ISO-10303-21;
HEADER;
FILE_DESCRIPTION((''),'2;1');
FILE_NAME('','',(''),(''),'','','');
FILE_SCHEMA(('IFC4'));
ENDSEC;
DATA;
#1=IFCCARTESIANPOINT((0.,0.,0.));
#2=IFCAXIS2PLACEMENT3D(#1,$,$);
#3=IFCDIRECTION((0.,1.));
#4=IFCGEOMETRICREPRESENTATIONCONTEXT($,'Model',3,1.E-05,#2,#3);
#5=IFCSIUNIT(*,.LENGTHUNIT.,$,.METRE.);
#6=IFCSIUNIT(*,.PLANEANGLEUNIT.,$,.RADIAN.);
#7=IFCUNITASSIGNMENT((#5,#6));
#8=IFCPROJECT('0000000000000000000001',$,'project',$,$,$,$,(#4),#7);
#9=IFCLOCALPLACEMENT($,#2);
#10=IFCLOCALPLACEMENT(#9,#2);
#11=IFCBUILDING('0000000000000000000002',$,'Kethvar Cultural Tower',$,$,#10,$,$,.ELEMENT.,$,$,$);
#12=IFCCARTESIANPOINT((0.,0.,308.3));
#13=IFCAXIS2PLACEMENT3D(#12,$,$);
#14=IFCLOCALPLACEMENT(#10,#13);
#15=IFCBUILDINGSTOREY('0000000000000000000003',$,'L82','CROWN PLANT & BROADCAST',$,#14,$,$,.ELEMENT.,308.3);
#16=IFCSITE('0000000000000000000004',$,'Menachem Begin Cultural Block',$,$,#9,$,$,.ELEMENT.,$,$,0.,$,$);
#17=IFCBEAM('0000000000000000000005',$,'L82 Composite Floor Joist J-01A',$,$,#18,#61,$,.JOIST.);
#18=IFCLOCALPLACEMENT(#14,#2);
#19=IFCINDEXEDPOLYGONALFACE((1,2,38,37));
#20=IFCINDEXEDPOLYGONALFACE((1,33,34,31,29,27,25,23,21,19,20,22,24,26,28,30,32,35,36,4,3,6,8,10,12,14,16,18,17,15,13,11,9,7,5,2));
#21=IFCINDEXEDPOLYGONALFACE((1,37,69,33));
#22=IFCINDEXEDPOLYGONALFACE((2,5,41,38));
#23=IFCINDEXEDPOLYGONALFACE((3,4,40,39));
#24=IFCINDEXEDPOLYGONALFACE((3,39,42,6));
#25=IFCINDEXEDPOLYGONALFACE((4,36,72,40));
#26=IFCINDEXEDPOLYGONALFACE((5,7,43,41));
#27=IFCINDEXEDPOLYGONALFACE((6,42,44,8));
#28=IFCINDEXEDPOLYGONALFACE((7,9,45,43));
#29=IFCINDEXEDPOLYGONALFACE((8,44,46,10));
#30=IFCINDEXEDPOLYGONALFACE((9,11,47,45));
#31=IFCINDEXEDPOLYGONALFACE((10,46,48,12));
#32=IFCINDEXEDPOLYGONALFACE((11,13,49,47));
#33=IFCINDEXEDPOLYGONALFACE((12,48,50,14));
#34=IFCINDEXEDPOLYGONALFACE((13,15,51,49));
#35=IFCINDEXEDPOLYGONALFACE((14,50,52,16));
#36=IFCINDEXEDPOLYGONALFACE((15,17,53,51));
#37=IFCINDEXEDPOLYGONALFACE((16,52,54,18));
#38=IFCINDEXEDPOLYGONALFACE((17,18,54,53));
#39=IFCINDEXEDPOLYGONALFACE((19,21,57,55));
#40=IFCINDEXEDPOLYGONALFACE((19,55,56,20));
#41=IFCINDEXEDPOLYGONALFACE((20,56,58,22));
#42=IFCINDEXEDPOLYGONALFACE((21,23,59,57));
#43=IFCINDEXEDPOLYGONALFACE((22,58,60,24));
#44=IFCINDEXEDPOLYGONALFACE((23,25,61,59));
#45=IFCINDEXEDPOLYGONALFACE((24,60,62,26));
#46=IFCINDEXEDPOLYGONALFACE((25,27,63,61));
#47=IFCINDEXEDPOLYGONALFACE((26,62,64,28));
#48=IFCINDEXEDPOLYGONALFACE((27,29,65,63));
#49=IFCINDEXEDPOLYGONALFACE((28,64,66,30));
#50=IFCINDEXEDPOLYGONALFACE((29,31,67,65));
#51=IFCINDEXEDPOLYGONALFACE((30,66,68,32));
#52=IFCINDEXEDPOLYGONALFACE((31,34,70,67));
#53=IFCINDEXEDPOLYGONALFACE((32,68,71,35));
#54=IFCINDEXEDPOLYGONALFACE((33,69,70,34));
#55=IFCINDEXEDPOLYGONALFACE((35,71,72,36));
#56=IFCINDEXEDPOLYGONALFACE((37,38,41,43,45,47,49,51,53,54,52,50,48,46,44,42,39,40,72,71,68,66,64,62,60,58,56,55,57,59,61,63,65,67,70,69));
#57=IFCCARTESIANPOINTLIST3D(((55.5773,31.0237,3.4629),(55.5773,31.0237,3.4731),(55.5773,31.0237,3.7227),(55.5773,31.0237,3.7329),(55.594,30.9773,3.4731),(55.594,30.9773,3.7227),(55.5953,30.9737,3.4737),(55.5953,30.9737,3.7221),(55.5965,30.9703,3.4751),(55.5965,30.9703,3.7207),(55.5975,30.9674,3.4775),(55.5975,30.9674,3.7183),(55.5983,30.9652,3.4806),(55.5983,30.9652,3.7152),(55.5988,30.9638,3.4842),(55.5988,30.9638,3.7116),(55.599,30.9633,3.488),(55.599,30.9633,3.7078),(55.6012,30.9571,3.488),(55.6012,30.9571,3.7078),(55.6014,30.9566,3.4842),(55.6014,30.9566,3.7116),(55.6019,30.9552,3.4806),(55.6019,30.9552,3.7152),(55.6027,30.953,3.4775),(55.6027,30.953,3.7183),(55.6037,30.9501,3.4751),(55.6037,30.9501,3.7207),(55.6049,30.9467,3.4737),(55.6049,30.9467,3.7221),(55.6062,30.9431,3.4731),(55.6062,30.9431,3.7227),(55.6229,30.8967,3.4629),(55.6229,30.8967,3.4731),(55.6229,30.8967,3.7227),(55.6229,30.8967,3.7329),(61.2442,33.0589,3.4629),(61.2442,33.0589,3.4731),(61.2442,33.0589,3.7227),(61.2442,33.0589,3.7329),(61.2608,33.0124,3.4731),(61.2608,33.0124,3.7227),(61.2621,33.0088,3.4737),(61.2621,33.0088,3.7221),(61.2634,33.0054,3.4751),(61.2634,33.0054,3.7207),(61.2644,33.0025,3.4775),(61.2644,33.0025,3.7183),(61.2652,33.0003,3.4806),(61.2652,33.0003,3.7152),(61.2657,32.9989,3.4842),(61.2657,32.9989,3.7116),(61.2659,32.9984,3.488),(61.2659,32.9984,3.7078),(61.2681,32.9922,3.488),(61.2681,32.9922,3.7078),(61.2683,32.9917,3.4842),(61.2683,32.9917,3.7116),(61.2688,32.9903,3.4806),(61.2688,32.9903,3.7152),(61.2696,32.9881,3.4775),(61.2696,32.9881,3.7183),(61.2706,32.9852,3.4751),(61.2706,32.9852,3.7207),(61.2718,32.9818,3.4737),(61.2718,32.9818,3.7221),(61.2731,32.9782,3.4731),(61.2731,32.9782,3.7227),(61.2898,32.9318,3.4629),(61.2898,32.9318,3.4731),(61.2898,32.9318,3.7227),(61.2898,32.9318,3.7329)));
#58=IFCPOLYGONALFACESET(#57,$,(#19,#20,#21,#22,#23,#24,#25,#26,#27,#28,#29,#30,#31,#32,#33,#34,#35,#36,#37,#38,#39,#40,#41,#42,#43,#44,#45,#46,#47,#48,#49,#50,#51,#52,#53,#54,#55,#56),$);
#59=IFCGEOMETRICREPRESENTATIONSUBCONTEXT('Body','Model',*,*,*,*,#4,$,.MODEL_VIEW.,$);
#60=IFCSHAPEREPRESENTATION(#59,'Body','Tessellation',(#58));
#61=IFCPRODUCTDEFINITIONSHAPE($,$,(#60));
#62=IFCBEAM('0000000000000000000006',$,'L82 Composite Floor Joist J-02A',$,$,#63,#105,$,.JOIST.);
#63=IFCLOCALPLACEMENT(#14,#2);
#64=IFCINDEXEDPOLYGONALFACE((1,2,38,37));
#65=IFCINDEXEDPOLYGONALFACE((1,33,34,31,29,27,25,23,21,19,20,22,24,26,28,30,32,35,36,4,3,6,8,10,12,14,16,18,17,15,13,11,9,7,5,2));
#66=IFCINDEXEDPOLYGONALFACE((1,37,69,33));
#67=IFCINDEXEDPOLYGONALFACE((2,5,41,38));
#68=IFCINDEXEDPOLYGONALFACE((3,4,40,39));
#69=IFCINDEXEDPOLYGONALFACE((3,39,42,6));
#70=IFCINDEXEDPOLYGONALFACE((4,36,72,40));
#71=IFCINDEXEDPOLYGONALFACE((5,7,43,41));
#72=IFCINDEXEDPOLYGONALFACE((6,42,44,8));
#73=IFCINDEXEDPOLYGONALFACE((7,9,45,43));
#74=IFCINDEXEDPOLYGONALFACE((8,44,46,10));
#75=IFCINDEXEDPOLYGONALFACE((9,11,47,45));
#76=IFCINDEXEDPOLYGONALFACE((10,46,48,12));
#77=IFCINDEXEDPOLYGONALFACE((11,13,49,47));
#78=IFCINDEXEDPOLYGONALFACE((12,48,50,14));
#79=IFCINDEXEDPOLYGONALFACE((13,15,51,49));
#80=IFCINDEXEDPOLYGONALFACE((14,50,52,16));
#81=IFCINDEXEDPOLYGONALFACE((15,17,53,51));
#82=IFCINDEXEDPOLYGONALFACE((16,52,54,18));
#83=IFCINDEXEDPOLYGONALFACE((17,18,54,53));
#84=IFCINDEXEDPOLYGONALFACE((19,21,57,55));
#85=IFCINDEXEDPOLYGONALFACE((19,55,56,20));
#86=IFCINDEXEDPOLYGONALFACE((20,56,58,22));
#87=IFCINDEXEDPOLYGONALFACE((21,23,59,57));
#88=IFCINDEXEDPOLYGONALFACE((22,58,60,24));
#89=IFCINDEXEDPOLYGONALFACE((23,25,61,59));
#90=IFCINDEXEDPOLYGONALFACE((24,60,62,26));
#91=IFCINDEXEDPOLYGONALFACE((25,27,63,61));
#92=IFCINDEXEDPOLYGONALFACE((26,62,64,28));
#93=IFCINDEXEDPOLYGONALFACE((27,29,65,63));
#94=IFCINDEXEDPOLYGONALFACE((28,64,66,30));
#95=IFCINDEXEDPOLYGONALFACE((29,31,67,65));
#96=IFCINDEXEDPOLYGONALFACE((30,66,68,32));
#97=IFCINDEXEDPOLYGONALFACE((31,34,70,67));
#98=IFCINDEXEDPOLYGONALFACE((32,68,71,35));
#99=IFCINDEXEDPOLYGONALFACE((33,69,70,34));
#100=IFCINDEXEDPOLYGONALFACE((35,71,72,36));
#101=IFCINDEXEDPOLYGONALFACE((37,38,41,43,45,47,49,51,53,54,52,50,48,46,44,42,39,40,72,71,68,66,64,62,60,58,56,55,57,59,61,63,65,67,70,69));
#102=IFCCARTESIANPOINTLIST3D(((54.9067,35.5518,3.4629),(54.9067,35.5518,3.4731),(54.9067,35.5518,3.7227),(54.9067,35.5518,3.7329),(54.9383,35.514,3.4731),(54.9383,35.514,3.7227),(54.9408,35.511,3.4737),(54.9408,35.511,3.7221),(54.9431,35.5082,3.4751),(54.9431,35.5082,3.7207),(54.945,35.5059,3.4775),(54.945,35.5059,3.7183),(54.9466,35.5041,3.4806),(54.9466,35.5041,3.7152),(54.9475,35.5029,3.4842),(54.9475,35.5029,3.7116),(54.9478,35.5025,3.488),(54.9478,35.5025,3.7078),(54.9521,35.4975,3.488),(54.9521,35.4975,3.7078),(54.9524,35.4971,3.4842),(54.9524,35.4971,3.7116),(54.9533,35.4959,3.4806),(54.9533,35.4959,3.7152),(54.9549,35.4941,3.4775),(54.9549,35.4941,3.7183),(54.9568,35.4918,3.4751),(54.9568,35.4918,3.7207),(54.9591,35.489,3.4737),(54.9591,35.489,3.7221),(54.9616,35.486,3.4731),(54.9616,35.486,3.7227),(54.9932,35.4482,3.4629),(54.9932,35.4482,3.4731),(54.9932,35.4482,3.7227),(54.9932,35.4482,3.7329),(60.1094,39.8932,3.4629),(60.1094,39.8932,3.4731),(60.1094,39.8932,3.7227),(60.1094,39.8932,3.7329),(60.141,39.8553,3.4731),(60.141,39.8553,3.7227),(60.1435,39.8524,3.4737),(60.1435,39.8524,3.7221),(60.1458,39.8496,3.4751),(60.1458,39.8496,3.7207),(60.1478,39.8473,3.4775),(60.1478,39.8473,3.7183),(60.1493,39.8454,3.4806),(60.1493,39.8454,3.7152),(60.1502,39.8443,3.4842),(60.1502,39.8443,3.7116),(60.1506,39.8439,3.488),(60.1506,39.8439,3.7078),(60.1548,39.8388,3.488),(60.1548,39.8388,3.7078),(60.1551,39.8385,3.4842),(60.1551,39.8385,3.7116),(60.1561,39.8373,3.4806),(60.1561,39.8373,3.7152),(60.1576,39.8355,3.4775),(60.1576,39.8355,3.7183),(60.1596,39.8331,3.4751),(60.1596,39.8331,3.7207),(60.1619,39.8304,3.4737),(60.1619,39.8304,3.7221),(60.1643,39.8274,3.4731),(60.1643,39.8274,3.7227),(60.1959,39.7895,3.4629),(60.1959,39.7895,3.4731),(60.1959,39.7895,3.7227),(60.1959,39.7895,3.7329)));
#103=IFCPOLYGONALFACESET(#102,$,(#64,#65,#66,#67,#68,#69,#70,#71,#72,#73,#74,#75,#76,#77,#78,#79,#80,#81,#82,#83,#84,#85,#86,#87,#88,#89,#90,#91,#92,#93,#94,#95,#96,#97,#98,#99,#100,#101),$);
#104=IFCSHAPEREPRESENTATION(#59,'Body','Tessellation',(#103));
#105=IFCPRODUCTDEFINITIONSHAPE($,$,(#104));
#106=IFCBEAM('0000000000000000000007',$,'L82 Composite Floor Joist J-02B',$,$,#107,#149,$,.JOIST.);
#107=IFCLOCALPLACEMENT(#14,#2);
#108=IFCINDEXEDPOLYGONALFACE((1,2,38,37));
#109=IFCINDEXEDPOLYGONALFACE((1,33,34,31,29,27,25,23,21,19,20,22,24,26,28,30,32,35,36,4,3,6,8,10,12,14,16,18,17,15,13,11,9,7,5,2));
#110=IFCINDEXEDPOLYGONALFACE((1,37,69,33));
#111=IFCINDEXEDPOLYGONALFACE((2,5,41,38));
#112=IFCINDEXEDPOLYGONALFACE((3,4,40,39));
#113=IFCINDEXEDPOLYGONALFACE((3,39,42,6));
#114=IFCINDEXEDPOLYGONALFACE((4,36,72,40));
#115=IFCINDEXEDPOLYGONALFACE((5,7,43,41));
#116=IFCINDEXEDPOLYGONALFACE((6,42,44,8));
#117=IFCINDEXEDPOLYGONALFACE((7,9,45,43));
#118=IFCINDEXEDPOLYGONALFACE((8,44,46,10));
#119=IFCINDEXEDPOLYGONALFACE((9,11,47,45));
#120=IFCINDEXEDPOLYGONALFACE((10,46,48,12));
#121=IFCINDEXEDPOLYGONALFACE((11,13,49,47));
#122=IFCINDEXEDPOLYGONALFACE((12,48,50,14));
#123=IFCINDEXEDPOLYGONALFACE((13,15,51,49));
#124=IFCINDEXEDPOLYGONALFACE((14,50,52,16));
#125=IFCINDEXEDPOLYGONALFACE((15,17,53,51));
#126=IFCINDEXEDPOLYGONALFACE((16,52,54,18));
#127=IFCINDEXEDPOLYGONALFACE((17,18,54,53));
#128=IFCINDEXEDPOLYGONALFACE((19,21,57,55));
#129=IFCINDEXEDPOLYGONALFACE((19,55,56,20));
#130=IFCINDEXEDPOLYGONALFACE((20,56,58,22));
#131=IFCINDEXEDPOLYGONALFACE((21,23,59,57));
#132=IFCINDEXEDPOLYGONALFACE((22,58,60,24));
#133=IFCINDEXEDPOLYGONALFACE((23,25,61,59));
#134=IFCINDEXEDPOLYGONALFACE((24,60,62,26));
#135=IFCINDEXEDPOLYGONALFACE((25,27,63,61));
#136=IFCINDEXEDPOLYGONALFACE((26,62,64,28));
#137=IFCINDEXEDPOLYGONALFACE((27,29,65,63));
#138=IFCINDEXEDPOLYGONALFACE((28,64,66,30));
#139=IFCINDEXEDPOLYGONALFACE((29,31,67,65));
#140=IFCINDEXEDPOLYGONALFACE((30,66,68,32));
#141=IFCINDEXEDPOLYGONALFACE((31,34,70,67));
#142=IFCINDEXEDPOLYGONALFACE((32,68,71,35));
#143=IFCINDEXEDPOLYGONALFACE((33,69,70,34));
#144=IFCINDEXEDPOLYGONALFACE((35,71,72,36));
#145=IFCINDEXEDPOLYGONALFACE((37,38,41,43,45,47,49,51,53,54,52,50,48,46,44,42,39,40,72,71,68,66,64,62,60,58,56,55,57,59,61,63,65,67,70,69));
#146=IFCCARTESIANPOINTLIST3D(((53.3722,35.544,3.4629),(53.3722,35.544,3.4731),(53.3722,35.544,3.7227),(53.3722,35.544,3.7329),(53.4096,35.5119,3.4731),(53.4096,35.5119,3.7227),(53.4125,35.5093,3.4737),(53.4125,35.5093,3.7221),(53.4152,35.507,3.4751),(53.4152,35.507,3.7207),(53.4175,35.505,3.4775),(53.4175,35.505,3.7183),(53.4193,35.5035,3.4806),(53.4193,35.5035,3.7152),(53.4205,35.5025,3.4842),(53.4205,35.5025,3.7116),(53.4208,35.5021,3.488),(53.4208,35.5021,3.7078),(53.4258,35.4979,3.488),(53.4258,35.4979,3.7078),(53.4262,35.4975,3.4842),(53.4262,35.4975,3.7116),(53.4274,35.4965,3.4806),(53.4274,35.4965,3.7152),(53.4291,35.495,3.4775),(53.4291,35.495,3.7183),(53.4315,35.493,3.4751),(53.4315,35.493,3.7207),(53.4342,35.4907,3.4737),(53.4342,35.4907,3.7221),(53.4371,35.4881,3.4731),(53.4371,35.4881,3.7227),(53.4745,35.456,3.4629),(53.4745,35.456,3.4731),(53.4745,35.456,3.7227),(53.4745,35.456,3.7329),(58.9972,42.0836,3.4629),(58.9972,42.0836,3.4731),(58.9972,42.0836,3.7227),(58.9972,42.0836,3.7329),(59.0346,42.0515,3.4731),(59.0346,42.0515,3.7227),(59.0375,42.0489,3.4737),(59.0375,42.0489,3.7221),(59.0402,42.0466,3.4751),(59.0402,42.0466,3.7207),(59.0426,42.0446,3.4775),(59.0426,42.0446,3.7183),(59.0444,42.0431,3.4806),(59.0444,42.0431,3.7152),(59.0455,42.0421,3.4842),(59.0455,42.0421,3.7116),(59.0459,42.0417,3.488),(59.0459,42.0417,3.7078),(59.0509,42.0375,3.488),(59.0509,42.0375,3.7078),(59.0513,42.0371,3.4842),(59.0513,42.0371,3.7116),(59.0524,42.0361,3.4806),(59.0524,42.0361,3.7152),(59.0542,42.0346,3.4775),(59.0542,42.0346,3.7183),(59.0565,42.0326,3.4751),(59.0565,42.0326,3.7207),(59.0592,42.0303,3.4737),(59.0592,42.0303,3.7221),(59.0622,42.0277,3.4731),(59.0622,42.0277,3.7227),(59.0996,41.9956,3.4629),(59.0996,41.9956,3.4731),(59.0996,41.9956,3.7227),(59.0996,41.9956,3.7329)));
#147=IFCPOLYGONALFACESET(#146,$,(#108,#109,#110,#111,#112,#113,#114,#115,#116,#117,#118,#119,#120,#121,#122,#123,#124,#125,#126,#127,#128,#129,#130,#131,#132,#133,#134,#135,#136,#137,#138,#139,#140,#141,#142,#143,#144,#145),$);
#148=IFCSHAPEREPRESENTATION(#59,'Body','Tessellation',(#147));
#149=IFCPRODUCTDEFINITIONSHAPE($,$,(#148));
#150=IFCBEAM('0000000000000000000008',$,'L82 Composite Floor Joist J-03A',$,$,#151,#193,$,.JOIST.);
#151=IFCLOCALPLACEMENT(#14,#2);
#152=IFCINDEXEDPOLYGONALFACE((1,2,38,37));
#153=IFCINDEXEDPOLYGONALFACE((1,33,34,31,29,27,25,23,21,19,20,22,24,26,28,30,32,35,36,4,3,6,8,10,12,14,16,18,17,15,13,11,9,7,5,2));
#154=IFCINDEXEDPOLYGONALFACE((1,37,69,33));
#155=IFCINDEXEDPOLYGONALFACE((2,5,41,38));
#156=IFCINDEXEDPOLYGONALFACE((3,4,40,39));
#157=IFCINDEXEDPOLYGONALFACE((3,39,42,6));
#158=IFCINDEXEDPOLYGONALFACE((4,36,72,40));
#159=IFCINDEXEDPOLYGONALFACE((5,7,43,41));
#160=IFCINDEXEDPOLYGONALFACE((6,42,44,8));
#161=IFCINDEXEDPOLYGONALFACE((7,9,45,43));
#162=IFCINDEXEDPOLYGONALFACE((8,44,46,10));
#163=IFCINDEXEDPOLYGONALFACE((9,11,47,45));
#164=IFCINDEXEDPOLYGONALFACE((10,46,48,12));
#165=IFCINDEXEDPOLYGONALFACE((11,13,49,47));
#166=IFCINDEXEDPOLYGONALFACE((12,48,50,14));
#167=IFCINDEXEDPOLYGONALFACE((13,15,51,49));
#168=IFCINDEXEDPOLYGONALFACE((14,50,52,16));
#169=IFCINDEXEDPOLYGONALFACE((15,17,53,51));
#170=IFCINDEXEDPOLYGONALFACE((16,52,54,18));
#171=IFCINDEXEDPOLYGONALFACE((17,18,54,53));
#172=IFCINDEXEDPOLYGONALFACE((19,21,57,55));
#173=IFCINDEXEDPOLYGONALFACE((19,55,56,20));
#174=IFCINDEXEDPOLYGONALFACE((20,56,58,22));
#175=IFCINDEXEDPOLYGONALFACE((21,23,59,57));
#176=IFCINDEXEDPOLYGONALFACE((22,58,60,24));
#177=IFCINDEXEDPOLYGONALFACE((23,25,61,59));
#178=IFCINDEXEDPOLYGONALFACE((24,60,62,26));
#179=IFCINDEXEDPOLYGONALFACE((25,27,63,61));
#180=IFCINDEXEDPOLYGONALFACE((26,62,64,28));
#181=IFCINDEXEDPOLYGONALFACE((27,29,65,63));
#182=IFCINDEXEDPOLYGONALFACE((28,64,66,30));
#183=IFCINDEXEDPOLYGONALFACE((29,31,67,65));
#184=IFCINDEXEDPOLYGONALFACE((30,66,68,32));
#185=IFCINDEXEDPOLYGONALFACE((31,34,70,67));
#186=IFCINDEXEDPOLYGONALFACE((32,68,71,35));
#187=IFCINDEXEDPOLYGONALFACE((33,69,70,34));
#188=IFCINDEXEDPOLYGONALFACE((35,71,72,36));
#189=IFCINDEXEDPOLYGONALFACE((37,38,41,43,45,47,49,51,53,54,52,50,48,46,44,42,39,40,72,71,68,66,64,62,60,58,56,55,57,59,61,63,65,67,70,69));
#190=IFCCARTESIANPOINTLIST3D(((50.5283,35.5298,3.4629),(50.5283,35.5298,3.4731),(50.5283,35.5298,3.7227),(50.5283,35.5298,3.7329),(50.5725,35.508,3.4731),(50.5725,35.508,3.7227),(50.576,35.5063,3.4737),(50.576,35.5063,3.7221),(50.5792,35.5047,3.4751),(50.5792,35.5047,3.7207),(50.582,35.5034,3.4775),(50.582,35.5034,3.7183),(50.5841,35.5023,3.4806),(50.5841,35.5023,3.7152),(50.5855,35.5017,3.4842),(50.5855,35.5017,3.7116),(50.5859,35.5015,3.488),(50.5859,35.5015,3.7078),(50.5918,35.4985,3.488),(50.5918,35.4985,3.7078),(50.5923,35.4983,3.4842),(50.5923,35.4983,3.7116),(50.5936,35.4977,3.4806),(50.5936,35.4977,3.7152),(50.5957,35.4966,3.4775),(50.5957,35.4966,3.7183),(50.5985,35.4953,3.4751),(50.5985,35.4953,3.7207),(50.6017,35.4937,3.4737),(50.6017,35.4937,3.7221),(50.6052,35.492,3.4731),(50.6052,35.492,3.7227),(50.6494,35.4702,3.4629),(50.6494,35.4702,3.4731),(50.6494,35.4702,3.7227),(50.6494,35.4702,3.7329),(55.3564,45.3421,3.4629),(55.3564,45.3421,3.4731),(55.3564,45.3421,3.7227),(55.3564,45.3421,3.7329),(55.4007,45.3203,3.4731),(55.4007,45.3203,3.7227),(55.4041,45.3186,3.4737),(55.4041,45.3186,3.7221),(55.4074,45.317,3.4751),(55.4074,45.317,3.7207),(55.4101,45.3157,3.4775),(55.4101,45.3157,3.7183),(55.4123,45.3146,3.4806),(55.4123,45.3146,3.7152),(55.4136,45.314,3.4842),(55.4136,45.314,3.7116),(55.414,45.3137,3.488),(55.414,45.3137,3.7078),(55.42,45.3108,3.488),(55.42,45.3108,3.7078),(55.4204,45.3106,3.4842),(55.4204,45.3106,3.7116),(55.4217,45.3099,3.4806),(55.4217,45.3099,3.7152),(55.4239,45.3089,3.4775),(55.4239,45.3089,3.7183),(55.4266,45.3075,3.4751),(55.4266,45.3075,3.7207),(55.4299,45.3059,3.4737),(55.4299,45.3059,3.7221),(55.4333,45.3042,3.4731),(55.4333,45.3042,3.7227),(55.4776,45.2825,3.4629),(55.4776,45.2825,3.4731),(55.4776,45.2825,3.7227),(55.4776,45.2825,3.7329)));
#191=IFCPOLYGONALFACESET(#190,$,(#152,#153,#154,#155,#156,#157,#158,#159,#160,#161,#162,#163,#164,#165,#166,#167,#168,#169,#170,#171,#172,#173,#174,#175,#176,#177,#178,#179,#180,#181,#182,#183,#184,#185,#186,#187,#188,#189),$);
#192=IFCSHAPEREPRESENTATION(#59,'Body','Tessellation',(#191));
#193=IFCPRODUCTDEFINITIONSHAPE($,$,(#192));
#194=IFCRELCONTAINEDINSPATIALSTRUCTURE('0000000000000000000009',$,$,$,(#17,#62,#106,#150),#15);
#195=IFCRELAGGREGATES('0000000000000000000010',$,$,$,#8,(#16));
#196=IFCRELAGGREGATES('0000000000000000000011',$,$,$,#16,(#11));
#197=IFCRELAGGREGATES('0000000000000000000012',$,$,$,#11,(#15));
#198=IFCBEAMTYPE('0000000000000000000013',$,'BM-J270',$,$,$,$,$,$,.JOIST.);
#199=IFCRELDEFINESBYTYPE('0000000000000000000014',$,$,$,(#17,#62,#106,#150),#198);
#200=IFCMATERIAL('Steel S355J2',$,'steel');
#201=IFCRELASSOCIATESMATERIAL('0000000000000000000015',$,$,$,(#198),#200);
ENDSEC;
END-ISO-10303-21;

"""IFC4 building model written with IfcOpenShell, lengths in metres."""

from ifc_helpers import new_model, si_unit, direction, frame, origin, origin_2d, place, context, subcontext, project, spatial, i_section, extrude, source, transform, mapped, material, material_profile, profile_set, type_object, element, save


model = new_model("IFC4")

# Units and contexts
model_context = context("Model", 3, precision=1e-05, world=origin(), true_north=direction((0.0, 1.0)))
body_context = subcontext(model_context, "Body", "Model", "MODEL_VIEW")
ifc_project = project(units=[si_unit("LENGTHUNIT", "METRE"), si_unit("PLANEANGLEUNIT", "RADIAN")], contexts=[model_context])

# Site, building, storey
site_placement = place(None, origin())
site = spatial("IfcSite", under=ifc_project, at=site_placement, Name="Menachem Begin Cultural Block", CompositionType="ELEMENT", RefElevation=0.0)
building_placement = place(site_placement, origin())
building = spatial("IfcBuilding", under=site, at=building_placement, Name="Kethvar Cultural Tower", CompositionType="ELEMENT")
storey_placement = place(building_placement, frame((0.0, 0.0, 308.3)))
storey = spatial("IfcBuildingStorey", under=building, at=storey_placement, Name="L82", Description="CROWN PLANT & BROADCAST", CompositionType="ELEMENT", Elevation=308.3)

# Beams
ifc_material_1 = material(Name="Steel S355J2", Category="steel")
ifc_material_profile_1 = material_profile(ifc_material_1, i_section(OverallWidth=0.135, OverallDepth=0.27, WebThickness=0.0066, FlangeThickness=0.0103, FilletRadius=0.0149, at=origin_2d()), Name="Steel S355J2 — IPE270")
ifc_profile_set_1 = profile_set([ifc_material_profile_1], Name="Steel S355J2 — IPE270")
beam_type_1 = type_object("IfcBeamType", Name="BM-J270", PredefinedType="JOIST", material=ifc_profile_set_1)
shared_shape_1 = source(origin(), body_context, "Body", "SweptSolid", [
    extrude(i_section(OverallWidth=0.135, OverallDepth=0.27, WebThickness=0.0066, FlangeThickness=0.0103, FilletRadius=0.0149, at=origin_2d()), origin(), (0.0, 0.0, 1.0), 6.0212),
])
beam_1_placement = place(storey_placement, frame((55.6001, 30.9602, 3.5979), z_axis=(0.94115, 0.33799, 0.0), x_axis=(-0.33799, 0.94115, 0.0)))
element("IfcBeam", 1, at=beam_1_placement, inside=storey, type_object=beam_type_1, Name="L82 Composite Floor Joist J-01A", PredefinedType="JOIST", context=body_context, shape_type="MappedRepresentation", body=[
    mapped(shared_shape_1, transform((0.0, 0.0, 0.0), scale=1.0)),
])
shared_shape_2 = source(origin(), body_context, "Body", "SweptSolid", [
    extrude(i_section(OverallWidth=0.135, OverallDepth=0.27, WebThickness=0.0066, FlangeThickness=0.0103, FilletRadius=0.0149, at=origin_2d()), origin(), (0.0, 0.0, 1.0), 6.7761),
])
beam_2_placement = place(storey_placement, frame((54.95, 35.5, 3.5979), z_axis=(0.767802, 0.640688, 0.0), x_axis=(-0.640688, 0.767802, 0.0)))
element("IfcBeam", 2, at=beam_2_placement, inside=storey, type_object=beam_type_1, Name="L82 Composite Floor Joist J-02A", PredefinedType="JOIST", context=body_context, shape_type="MappedRepresentation", body=[
    mapped(shared_shape_2, transform((0.0, 0.0, 0.0), scale=1.0)),
])
shared_shape_3 = source(origin(), body_context, "Body", "SweptSolid", [
    extrude(i_section(OverallWidth=0.135, OverallDepth=0.27, WebThickness=0.0066, FlangeThickness=0.0103, FilletRadius=0.0149, at=origin_2d()), origin(), (0.0, 0.0, 1.0), 8.626),
])
beam_3_placement = place(storey_placement, frame((53.4233, 35.5, 3.5979), z_axis=(0.652105, 0.758129, 0.0), x_axis=(-0.758129, 0.652105, 0.0)))
element("IfcBeam", 3, at=beam_3_placement, inside=storey, type_object=beam_type_1, Name="L82 Composite Floor Joist J-02B", PredefinedType="JOIST", context=body_context, shape_type="MappedRepresentation", body=[
    mapped(shared_shape_3, transform((0.0, 0.0, 0.0), scale=1.0)),
])
shared_shape_4 = source(origin(), body_context, "Body", "SweptSolid", [
    extrude(i_section(OverallWidth=0.135, OverallDepth=0.27, WebThickness=0.0066, FlangeThickness=0.0103, FilletRadius=0.0149, at=origin_2d()), origin(), (0.0, 0.0, 1.0), 10.9358),
])
beam_4_placement = place(storey_placement, frame((50.5889, 35.5, 3.5979), z_axis=(0.441498, 0.897262, 0.0), x_axis=(-0.897262, 0.441498, 0.0)))
element("IfcBeam", 4, at=beam_4_placement, inside=storey, type_object=beam_type_1, Name="L82 Composite Floor Joist J-03A", PredefinedType="JOIST", context=body_context, shape_type="MappedRepresentation", body=[
    mapped(shared_shape_4, transform((0.0, 0.0, 0.0), scale=1.0)),
])

save(model, "model.ifc")
